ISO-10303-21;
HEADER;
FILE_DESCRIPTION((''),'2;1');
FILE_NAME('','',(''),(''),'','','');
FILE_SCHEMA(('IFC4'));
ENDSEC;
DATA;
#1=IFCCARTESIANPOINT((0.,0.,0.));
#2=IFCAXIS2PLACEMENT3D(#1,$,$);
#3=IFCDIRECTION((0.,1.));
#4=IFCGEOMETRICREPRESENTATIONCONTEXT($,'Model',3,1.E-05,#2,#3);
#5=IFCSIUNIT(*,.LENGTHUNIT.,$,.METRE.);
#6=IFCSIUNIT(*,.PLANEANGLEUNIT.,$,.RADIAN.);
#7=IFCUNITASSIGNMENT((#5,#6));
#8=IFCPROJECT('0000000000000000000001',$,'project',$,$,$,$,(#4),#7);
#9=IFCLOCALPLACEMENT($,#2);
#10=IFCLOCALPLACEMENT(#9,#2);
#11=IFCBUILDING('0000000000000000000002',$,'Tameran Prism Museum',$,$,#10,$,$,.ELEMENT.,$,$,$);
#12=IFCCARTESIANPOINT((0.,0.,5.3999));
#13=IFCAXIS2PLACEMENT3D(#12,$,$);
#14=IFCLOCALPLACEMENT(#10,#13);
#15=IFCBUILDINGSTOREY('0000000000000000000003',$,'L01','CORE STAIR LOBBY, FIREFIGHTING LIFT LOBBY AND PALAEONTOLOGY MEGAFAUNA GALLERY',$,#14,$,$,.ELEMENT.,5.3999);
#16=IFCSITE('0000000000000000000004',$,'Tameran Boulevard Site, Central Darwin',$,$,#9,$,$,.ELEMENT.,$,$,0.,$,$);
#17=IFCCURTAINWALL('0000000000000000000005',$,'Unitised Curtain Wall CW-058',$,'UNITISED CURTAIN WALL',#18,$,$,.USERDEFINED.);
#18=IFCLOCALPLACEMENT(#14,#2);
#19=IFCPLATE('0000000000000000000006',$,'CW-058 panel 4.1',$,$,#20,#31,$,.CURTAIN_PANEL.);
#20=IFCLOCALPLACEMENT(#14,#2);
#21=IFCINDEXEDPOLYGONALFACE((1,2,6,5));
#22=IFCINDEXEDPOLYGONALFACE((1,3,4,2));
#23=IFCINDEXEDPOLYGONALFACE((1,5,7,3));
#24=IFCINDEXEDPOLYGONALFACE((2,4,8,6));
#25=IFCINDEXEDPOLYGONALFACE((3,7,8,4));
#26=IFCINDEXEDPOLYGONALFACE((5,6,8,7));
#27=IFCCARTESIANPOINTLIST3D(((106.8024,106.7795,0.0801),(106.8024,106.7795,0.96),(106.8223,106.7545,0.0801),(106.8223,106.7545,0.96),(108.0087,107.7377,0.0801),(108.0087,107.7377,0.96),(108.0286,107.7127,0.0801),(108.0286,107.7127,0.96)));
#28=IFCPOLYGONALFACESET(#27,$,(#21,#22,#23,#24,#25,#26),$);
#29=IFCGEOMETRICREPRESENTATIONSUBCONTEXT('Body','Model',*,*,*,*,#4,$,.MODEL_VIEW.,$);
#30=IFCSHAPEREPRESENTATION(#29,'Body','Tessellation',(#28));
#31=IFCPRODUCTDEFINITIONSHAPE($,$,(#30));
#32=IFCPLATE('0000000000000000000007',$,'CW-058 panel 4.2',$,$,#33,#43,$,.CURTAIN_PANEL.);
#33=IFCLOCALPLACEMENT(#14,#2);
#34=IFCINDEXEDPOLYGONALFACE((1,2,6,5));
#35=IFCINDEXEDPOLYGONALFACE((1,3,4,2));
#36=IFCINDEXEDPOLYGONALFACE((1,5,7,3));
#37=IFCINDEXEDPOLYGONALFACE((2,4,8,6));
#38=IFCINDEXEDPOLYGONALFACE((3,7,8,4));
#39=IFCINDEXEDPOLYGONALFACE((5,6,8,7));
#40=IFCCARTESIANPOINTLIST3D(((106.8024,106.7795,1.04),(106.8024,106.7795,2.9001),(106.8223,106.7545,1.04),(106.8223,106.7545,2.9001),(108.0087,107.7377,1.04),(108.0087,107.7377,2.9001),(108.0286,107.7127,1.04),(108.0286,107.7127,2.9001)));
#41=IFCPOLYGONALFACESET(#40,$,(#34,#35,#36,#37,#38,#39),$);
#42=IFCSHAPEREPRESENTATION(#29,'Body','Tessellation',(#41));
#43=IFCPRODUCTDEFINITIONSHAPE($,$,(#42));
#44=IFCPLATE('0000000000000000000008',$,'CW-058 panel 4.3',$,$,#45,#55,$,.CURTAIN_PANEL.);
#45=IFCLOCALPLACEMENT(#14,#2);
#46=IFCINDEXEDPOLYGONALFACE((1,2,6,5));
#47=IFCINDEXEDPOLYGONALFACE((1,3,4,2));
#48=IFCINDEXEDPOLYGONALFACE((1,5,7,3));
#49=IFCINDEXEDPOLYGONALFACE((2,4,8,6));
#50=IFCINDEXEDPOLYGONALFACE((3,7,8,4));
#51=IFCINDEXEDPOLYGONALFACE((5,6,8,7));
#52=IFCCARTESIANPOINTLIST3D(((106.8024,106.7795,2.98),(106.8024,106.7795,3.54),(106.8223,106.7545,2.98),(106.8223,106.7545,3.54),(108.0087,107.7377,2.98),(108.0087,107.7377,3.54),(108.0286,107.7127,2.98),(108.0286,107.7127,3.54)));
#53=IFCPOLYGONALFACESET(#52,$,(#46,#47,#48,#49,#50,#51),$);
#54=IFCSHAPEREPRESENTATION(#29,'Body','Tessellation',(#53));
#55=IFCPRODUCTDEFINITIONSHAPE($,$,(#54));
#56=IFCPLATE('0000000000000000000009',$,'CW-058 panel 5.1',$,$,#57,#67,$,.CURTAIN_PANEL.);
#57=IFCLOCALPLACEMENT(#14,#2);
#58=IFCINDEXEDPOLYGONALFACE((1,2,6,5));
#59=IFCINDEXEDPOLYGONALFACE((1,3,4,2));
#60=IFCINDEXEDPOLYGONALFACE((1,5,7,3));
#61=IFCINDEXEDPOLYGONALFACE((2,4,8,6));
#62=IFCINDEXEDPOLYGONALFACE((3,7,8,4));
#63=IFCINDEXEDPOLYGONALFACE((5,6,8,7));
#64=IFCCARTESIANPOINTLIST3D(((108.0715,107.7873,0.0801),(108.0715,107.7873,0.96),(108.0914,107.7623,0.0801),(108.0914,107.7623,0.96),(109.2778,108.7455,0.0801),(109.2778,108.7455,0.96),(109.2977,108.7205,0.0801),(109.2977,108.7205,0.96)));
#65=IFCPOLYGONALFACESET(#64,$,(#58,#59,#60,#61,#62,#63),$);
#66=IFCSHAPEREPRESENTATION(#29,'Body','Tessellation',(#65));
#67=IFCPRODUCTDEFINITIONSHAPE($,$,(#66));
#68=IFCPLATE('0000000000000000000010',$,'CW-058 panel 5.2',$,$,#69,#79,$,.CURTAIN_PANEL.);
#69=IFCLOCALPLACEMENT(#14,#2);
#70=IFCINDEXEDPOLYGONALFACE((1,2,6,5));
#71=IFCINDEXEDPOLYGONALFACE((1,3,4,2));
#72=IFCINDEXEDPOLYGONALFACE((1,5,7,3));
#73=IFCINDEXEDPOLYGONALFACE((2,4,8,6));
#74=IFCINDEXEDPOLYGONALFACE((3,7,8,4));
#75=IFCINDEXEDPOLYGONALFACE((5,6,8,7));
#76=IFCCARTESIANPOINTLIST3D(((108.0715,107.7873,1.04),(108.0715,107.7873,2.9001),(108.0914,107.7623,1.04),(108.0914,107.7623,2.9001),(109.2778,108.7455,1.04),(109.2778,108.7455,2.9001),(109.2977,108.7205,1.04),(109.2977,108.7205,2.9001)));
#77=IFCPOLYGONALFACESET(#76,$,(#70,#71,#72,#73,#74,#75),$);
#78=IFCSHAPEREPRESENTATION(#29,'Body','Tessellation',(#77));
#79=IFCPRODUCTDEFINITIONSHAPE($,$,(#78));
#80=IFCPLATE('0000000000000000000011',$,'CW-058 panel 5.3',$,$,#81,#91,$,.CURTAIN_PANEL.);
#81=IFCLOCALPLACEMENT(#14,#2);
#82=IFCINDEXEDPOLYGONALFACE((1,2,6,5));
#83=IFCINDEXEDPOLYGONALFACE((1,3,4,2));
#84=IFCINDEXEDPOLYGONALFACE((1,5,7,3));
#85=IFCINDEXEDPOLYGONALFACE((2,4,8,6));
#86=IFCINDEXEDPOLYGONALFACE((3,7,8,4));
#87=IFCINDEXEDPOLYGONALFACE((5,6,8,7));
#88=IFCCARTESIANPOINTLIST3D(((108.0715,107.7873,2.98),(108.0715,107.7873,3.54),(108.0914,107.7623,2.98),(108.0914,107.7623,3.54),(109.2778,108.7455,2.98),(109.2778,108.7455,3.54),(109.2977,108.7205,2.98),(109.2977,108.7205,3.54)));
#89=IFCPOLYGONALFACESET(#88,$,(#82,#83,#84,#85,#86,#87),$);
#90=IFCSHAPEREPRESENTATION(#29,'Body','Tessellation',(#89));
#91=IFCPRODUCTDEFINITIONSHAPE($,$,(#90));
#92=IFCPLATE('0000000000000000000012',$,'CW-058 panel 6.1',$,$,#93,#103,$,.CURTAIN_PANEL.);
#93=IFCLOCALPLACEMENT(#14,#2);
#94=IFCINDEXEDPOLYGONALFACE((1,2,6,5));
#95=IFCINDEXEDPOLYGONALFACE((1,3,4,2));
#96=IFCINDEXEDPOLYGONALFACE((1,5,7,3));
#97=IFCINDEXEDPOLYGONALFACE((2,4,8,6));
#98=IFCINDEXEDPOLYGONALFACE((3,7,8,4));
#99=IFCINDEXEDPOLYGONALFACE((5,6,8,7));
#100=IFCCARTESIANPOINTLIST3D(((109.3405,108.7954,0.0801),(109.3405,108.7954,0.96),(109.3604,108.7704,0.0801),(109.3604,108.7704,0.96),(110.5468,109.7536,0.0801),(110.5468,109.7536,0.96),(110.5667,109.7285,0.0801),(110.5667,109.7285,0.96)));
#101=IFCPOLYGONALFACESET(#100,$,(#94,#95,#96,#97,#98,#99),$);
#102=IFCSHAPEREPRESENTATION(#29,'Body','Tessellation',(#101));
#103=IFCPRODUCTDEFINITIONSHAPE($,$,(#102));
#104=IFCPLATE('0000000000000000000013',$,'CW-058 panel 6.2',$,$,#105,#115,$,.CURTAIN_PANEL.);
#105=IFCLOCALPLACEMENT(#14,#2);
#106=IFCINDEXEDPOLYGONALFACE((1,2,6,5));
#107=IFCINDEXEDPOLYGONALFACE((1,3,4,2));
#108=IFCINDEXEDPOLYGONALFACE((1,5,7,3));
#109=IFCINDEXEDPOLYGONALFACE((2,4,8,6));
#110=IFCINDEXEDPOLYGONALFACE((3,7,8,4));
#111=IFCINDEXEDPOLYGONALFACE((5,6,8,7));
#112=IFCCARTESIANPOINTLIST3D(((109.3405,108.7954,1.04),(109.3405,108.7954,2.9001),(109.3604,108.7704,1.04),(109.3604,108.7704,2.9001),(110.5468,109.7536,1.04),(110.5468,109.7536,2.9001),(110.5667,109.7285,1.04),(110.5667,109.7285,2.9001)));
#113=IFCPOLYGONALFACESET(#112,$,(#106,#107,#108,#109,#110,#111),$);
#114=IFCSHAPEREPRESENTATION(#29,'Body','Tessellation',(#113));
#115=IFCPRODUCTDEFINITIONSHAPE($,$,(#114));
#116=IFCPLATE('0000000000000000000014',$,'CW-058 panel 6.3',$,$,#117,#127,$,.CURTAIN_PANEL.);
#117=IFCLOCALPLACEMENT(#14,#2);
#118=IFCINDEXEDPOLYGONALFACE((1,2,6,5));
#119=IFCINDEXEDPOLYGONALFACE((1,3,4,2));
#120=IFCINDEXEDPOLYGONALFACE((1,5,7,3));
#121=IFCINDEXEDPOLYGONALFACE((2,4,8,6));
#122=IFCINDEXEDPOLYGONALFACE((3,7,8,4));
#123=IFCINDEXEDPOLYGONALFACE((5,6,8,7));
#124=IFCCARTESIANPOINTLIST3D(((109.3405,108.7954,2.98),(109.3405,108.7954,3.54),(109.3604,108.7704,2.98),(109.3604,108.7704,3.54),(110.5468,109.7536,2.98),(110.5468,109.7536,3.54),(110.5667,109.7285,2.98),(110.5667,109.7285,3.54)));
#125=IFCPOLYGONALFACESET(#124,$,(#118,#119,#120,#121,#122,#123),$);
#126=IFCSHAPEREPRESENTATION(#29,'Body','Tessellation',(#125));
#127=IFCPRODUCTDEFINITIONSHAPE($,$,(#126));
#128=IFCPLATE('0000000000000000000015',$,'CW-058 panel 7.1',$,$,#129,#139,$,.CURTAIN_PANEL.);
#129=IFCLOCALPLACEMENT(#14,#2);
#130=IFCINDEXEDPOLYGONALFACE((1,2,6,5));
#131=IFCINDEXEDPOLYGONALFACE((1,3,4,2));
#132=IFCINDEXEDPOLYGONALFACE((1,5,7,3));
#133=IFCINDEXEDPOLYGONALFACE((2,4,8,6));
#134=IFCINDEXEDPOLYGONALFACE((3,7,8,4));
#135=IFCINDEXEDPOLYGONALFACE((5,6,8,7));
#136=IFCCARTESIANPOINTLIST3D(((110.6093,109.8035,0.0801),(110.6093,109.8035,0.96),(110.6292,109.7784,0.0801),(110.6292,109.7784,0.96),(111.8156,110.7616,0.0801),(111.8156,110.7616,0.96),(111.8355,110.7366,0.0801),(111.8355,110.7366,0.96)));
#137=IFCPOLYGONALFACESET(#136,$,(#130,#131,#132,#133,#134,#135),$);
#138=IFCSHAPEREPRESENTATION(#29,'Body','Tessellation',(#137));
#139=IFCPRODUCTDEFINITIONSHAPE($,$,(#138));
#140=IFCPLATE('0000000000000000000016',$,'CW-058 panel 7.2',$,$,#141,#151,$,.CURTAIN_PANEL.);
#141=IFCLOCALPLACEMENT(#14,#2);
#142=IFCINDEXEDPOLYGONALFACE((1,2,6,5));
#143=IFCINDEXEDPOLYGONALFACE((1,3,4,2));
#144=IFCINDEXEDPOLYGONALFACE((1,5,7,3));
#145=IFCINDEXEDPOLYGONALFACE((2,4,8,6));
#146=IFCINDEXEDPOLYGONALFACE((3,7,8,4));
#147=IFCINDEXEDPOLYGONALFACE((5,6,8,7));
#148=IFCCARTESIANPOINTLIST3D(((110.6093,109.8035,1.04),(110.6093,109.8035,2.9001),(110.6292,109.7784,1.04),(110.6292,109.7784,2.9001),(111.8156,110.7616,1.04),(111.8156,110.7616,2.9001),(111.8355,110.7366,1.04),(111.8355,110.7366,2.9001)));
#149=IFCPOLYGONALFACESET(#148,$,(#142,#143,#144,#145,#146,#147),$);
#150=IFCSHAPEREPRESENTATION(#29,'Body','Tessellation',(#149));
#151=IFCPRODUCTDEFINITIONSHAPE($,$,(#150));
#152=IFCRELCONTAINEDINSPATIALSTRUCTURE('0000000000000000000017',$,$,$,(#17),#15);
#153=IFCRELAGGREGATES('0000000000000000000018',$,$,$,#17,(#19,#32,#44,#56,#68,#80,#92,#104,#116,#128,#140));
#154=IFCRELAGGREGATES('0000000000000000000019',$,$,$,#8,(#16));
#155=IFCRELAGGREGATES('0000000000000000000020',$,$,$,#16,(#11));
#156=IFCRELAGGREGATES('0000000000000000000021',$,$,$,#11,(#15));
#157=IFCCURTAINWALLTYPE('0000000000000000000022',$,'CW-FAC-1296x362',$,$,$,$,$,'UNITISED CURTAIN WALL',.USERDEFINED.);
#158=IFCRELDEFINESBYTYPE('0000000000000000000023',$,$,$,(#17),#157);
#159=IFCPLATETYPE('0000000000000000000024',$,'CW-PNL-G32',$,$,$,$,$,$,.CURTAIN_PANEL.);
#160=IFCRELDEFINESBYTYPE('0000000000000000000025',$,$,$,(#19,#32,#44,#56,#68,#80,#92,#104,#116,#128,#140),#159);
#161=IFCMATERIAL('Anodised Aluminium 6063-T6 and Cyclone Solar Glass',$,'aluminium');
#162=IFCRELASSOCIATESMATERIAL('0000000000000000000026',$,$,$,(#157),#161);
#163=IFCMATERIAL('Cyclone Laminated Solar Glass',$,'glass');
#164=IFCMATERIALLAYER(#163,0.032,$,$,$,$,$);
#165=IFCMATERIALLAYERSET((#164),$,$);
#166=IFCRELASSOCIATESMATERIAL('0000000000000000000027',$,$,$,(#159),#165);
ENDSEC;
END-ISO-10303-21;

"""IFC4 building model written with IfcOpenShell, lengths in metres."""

from ifc_helpers import new_model, si_unit, direction, frame, origin, origin_2d, place, context, subcontext, project, spatial, rectangle, extrude, material, layer, layer_set, type_object, element, aggregate, save


model = new_model("IFC4")

# Units and contexts
model_context = context("Model", 3, precision=1e-05, world=origin(), true_north=direction((0.0, 1.0)))
body_context = subcontext(model_context, "Body", "Model", "MODEL_VIEW")
ifc_project = project(units=[si_unit("LENGTHUNIT", "METRE"), si_unit("PLANEANGLEUNIT", "RADIAN")], contexts=[model_context])

# Site, building, storey
site_placement = place(None, origin())
site = spatial("IfcSite", under=ifc_project, at=site_placement, Name="Tameran Boulevard Site, Central Darwin", CompositionType="ELEMENT", RefElevation=0.0)
building_placement = place(site_placement, origin())
building = spatial("IfcBuilding", under=site, at=building_placement, Name="Tameran Prism Museum", CompositionType="ELEMENT")
storey_placement = place(building_placement, frame((0.0, 0.0, 5.3999)))
storey = spatial("IfcBuildingStorey", under=building, at=storey_placement, Name="L01", Description="CORE STAIR LOBBY, FIREFIGHTING LIFT LOBBY AND PALAEONTOLOGY MEGAFAUNA GALLERY", CompositionType="ELEMENT", Elevation=5.3999)

# Curtain wall, plates
ifc_material_1 = material(Name="Anodised Aluminium 6063-T6 and Cyclone Solar Glass", Category="aluminium")
curtain_wall_type = type_object("IfcCurtainWallType", Name="CW-FAC-1296x362", ElementType="UNITISED CURTAIN WALL", PredefinedType="USERDEFINED", material=ifc_material_1)
curtain_wall_placement = place(storey_placement, origin())
curtain_wall = element("IfcCurtainWall", 1, at=curtain_wall_placement, inside=storey, type_object=curtain_wall_type, Name="Unitised Curtain Wall CW-058", ObjectType="UNITISED CURTAIN WALL", PredefinedType="USERDEFINED")
ifc_material_2 = material(Name="Cyclone Laminated Solar Glass", Category="glass")
ifc_layer = layer(ifc_material_2, 0.032)
ifc_layer_set = layer_set([ifc_layer])
plate_type = type_object("IfcPlateType", Name="CW-PNL-G32", PredefinedType="CURTAIN_PANEL", material=ifc_layer_set)
plate_1_placement = place(storey_placement, frame((107.4155, 107.2461, 0.0801), z_axis=(0.0, 0.0, 1.0), x_axis=(0.783031, 0.621982, 0.0)))
plate_1 = element("IfcPlate", 2, at=plate_1_placement, type_object=plate_type, Name="CW-058 panel 4.1", PredefinedType="CURTAIN_PANEL", context=body_context, shape_type="SweptSolid", body=[
    extrude(rectangle(XDim=1.5405, YDim=0.032, at=origin_2d()), origin(), (0.0, 0.0, 1.0), 0.8799),
])
plate_2_placement = place(storey_placement, frame((107.4155, 107.2461, 1.04), z_axis=(0.0, 0.0, 1.0), x_axis=(0.783031, 0.621982, 0.0)))
plate_2 = element("IfcPlate", 3, at=plate_2_placement, type_object=plate_type, Name="CW-058 panel 4.2", PredefinedType="CURTAIN_PANEL", context=body_context, shape_type="SweptSolid", body=[
    extrude(rectangle(XDim=1.5405, YDim=0.032, at=origin_2d()), origin(), (0.0, 0.0, 1.0), 1.8601),
])
plate_3_placement = place(storey_placement, frame((107.4155, 107.2461, 2.98), z_axis=(0.0, 0.0, 1.0), x_axis=(0.783031, 0.621982, 0.0)))
plate_3 = element("IfcPlate", 4, at=plate_3_placement, type_object=plate_type, Name="CW-058 panel 4.3", PredefinedType="CURTAIN_PANEL", context=body_context, shape_type="SweptSolid", body=[
    extrude(rectangle(XDim=1.5405, YDim=0.032, at=origin_2d()), origin(), (0.0, 0.0, 1.0), 0.5601),
])
plate_4_placement = place(storey_placement, frame((108.6846, 108.2539, 0.0801), z_axis=(0.0, 0.0, 1.0), x_axis=(0.783031, 0.621982, 0.0)))
plate_4 = element("IfcPlate", 5, at=plate_4_placement, type_object=plate_type, Name="CW-058 panel 5.1", PredefinedType="CURTAIN_PANEL", context=body_context, shape_type="SweptSolid", body=[
    extrude(rectangle(XDim=1.5405, YDim=0.032, at=origin_2d()), origin(), (0.0, 0.0, 1.0), 0.8799),
])
plate_5_placement = place(storey_placement, frame((108.6846, 108.2539, 1.04), z_axis=(0.0, 0.0, 1.0), x_axis=(0.783031, 0.621982, 0.0)))
plate_5 = element("IfcPlate", 6, at=plate_5_placement, type_object=plate_type, Name="CW-058 panel 5.2", PredefinedType="CURTAIN_PANEL", context=body_context, shape_type="SweptSolid", body=[
    extrude(rectangle(XDim=1.5405, YDim=0.032, at=origin_2d()), origin(), (0.0, 0.0, 1.0), 1.8601),
])
plate_6_placement = place(storey_placement, frame((108.6846, 108.2539, 2.98), z_axis=(0.0, 0.0, 1.0), x_axis=(0.783031, 0.621982, 0.0)))
plate_6 = element("IfcPlate", 7, at=plate_6_placement, type_object=plate_type, Name="CW-058 panel 5.3", PredefinedType="CURTAIN_PANEL", context=body_context, shape_type="SweptSolid", body=[
    extrude(rectangle(XDim=1.5405, YDim=0.032, at=origin_2d()), origin(), (0.0, 0.0, 1.0), 0.5601),
])
plate_7_placement = place(storey_placement, frame((109.9536, 109.262, 0.0801), z_axis=(0.0, 0.0, 1.0), x_axis=(0.783031, 0.621982, 0.0)))
plate_7 = element("IfcPlate", 8, at=plate_7_placement, type_object=plate_type, Name="CW-058 panel 6.1", PredefinedType="CURTAIN_PANEL", context=body_context, shape_type="SweptSolid", body=[
    extrude(rectangle(XDim=1.5405, YDim=0.032, at=origin_2d()), origin(), (0.0, 0.0, 1.0), 0.8799),
])
plate_8_placement = place(storey_placement, frame((109.9536, 109.262, 1.04), z_axis=(0.0, 0.0, 1.0), x_axis=(0.783031, 0.621982, 0.0)))
plate_8 = element("IfcPlate", 9, at=plate_8_placement, type_object=plate_type, Name="CW-058 panel 6.2", PredefinedType="CURTAIN_PANEL", context=body_context, shape_type="SweptSolid", body=[
    extrude(rectangle(XDim=1.5405, YDim=0.032, at=origin_2d()), origin(), (0.0, 0.0, 1.0), 1.8601),
])
plate_9_placement = place(storey_placement, frame((109.9536, 109.262, 2.98), z_axis=(0.0, 0.0, 1.0), x_axis=(0.783031, 0.621982, 0.0)))
plate_9 = element("IfcPlate", 10, at=plate_9_placement, type_object=plate_type, Name="CW-058 panel 6.3", PredefinedType="CURTAIN_PANEL", context=body_context, shape_type="SweptSolid", body=[
    extrude(rectangle(XDim=1.5405, YDim=0.032, at=origin_2d()), origin(), (0.0, 0.0, 1.0), 0.5601),
])
plate_10_placement = place(storey_placement, frame((111.2224, 110.27, 0.0801), z_axis=(0.0, 0.0, 1.0), x_axis=(0.783031, 0.621982, 0.0)))
plate_10 = element("IfcPlate", 11, at=plate_10_placement, type_object=plate_type, Name="CW-058 panel 7.1", PredefinedType="CURTAIN_PANEL", context=body_context, shape_type="SweptSolid", body=[
    extrude(rectangle(XDim=1.5405, YDim=0.032, at=origin_2d()), origin(), (0.0, 0.0, 1.0), 0.8799),
])
plate_11_placement = place(storey_placement, frame((111.2224, 110.27, 1.04), z_axis=(0.0, 0.0, 1.0), x_axis=(0.783031, 0.621982, 0.0)))
plate_11 = element("IfcPlate", 12, at=plate_11_placement, type_object=plate_type, Name="CW-058 panel 7.2", PredefinedType="CURTAIN_PANEL", context=body_context, shape_type="SweptSolid", body=[
    extrude(rectangle(XDim=1.5405, YDim=0.032, at=origin_2d()), origin(), (0.0, 0.0, 1.0), 1.8601),
])
aggregate(curtain_wall, [plate_1, plate_2, plate_3, plate_4, plate_5, plate_6, plate_7, plate_8, plate_9, plate_10, plate_11])

save(model, "model.ifc")
